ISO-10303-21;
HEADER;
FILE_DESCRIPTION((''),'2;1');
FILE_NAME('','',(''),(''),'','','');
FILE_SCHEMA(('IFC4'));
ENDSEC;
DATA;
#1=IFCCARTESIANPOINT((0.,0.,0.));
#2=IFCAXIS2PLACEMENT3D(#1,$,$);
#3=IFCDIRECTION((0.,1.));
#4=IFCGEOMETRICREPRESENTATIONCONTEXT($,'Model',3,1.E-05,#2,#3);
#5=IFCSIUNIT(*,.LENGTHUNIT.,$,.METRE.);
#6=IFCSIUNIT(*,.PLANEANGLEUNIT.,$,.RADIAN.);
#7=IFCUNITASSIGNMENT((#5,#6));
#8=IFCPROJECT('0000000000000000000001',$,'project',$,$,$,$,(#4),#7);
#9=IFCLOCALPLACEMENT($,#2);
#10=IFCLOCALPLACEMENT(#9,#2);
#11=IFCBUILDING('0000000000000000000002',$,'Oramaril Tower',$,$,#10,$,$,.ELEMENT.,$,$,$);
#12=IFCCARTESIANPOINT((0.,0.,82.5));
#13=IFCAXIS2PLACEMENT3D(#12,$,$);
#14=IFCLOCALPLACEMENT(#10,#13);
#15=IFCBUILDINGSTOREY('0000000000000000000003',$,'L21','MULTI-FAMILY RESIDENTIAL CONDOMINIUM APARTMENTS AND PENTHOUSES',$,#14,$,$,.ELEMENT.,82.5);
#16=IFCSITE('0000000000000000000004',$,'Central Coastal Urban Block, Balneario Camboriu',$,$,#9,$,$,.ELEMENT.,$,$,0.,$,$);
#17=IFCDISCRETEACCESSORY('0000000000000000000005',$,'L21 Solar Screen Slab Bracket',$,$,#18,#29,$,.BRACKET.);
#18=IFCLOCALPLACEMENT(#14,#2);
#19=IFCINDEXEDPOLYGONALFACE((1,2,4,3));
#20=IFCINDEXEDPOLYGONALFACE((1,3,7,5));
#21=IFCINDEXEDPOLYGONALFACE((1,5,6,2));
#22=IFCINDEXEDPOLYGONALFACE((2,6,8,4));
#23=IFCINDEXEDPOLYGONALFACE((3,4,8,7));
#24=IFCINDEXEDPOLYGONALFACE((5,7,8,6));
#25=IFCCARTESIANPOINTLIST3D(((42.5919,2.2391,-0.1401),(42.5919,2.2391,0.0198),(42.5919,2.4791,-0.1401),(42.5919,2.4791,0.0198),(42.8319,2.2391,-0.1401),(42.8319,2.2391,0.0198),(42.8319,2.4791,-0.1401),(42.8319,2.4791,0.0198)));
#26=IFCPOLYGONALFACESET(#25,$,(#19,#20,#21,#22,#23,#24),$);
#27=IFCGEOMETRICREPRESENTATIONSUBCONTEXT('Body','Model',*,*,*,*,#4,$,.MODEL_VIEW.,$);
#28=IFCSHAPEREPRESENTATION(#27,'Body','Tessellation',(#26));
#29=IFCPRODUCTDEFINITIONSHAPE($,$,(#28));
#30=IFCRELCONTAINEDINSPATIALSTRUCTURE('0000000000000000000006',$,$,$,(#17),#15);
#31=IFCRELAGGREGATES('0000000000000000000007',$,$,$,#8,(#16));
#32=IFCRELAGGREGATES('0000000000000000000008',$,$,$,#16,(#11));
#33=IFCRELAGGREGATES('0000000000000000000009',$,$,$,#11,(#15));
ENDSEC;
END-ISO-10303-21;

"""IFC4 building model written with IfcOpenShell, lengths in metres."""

from ifc_helpers import new_model, si_unit, direction, frame, origin, origin_2d, place, context, subcontext, project, spatial, rectangle, extrude, element, save


model = new_model("IFC4")

# Units and contexts
model_context = context("Model", 3, precision=1e-05, world=origin(), true_north=direction((0.0, 1.0)))
body_context = subcontext(model_context, "Body", "Model", "MODEL_VIEW")
ifc_project = project(units=[si_unit("LENGTHUNIT", "METRE"), si_unit("PLANEANGLEUNIT", "RADIAN")], contexts=[model_context])

# Site, building, storey
site_placement = place(None, origin())
site = spatial("IfcSite", under=ifc_project, at=site_placement, Name="Central Coastal Urban Block, Balneario Camboriu", CompositionType="ELEMENT", RefElevation=0.0)
building_placement = place(site_placement, origin())
building = spatial("IfcBuilding", under=site, at=building_placement, Name="Oramaril Tower", CompositionType="ELEMENT")
storey_placement = place(building_placement, frame((0.0, 0.0, 82.5)))
storey = spatial("IfcBuildingStorey", under=building, at=storey_placement, Name="L21", Description="MULTI-FAMILY RESIDENTIAL CONDOMINIUM APARTMENTS AND PENTHOUSES", CompositionType="ELEMENT", Elevation=82.5)

# Discrete accessory
for number, where, z_axis, x_axis, name in (
    (1, (42.7119, 2.3591, -0.1401), (0.0, 0.0, 1.0), (1.0, 0.0, 0.0), "L21 Solar Screen Slab Bracket"),
):
    element("IfcDiscreteAccessory", number, at=place(storey_placement, frame(where, z_axis=z_axis, x_axis=x_axis)), inside=storey, Name=name, PredefinedType="BRACKET", context=body_context, shape_type="SweptSolid", body=[
        extrude(rectangle(XDim=0.24, YDim=0.24, at=origin_2d()), origin(), (0.0, 0.0, 1.0), 0.1599),
    ])

save(model, "model.ifc")
